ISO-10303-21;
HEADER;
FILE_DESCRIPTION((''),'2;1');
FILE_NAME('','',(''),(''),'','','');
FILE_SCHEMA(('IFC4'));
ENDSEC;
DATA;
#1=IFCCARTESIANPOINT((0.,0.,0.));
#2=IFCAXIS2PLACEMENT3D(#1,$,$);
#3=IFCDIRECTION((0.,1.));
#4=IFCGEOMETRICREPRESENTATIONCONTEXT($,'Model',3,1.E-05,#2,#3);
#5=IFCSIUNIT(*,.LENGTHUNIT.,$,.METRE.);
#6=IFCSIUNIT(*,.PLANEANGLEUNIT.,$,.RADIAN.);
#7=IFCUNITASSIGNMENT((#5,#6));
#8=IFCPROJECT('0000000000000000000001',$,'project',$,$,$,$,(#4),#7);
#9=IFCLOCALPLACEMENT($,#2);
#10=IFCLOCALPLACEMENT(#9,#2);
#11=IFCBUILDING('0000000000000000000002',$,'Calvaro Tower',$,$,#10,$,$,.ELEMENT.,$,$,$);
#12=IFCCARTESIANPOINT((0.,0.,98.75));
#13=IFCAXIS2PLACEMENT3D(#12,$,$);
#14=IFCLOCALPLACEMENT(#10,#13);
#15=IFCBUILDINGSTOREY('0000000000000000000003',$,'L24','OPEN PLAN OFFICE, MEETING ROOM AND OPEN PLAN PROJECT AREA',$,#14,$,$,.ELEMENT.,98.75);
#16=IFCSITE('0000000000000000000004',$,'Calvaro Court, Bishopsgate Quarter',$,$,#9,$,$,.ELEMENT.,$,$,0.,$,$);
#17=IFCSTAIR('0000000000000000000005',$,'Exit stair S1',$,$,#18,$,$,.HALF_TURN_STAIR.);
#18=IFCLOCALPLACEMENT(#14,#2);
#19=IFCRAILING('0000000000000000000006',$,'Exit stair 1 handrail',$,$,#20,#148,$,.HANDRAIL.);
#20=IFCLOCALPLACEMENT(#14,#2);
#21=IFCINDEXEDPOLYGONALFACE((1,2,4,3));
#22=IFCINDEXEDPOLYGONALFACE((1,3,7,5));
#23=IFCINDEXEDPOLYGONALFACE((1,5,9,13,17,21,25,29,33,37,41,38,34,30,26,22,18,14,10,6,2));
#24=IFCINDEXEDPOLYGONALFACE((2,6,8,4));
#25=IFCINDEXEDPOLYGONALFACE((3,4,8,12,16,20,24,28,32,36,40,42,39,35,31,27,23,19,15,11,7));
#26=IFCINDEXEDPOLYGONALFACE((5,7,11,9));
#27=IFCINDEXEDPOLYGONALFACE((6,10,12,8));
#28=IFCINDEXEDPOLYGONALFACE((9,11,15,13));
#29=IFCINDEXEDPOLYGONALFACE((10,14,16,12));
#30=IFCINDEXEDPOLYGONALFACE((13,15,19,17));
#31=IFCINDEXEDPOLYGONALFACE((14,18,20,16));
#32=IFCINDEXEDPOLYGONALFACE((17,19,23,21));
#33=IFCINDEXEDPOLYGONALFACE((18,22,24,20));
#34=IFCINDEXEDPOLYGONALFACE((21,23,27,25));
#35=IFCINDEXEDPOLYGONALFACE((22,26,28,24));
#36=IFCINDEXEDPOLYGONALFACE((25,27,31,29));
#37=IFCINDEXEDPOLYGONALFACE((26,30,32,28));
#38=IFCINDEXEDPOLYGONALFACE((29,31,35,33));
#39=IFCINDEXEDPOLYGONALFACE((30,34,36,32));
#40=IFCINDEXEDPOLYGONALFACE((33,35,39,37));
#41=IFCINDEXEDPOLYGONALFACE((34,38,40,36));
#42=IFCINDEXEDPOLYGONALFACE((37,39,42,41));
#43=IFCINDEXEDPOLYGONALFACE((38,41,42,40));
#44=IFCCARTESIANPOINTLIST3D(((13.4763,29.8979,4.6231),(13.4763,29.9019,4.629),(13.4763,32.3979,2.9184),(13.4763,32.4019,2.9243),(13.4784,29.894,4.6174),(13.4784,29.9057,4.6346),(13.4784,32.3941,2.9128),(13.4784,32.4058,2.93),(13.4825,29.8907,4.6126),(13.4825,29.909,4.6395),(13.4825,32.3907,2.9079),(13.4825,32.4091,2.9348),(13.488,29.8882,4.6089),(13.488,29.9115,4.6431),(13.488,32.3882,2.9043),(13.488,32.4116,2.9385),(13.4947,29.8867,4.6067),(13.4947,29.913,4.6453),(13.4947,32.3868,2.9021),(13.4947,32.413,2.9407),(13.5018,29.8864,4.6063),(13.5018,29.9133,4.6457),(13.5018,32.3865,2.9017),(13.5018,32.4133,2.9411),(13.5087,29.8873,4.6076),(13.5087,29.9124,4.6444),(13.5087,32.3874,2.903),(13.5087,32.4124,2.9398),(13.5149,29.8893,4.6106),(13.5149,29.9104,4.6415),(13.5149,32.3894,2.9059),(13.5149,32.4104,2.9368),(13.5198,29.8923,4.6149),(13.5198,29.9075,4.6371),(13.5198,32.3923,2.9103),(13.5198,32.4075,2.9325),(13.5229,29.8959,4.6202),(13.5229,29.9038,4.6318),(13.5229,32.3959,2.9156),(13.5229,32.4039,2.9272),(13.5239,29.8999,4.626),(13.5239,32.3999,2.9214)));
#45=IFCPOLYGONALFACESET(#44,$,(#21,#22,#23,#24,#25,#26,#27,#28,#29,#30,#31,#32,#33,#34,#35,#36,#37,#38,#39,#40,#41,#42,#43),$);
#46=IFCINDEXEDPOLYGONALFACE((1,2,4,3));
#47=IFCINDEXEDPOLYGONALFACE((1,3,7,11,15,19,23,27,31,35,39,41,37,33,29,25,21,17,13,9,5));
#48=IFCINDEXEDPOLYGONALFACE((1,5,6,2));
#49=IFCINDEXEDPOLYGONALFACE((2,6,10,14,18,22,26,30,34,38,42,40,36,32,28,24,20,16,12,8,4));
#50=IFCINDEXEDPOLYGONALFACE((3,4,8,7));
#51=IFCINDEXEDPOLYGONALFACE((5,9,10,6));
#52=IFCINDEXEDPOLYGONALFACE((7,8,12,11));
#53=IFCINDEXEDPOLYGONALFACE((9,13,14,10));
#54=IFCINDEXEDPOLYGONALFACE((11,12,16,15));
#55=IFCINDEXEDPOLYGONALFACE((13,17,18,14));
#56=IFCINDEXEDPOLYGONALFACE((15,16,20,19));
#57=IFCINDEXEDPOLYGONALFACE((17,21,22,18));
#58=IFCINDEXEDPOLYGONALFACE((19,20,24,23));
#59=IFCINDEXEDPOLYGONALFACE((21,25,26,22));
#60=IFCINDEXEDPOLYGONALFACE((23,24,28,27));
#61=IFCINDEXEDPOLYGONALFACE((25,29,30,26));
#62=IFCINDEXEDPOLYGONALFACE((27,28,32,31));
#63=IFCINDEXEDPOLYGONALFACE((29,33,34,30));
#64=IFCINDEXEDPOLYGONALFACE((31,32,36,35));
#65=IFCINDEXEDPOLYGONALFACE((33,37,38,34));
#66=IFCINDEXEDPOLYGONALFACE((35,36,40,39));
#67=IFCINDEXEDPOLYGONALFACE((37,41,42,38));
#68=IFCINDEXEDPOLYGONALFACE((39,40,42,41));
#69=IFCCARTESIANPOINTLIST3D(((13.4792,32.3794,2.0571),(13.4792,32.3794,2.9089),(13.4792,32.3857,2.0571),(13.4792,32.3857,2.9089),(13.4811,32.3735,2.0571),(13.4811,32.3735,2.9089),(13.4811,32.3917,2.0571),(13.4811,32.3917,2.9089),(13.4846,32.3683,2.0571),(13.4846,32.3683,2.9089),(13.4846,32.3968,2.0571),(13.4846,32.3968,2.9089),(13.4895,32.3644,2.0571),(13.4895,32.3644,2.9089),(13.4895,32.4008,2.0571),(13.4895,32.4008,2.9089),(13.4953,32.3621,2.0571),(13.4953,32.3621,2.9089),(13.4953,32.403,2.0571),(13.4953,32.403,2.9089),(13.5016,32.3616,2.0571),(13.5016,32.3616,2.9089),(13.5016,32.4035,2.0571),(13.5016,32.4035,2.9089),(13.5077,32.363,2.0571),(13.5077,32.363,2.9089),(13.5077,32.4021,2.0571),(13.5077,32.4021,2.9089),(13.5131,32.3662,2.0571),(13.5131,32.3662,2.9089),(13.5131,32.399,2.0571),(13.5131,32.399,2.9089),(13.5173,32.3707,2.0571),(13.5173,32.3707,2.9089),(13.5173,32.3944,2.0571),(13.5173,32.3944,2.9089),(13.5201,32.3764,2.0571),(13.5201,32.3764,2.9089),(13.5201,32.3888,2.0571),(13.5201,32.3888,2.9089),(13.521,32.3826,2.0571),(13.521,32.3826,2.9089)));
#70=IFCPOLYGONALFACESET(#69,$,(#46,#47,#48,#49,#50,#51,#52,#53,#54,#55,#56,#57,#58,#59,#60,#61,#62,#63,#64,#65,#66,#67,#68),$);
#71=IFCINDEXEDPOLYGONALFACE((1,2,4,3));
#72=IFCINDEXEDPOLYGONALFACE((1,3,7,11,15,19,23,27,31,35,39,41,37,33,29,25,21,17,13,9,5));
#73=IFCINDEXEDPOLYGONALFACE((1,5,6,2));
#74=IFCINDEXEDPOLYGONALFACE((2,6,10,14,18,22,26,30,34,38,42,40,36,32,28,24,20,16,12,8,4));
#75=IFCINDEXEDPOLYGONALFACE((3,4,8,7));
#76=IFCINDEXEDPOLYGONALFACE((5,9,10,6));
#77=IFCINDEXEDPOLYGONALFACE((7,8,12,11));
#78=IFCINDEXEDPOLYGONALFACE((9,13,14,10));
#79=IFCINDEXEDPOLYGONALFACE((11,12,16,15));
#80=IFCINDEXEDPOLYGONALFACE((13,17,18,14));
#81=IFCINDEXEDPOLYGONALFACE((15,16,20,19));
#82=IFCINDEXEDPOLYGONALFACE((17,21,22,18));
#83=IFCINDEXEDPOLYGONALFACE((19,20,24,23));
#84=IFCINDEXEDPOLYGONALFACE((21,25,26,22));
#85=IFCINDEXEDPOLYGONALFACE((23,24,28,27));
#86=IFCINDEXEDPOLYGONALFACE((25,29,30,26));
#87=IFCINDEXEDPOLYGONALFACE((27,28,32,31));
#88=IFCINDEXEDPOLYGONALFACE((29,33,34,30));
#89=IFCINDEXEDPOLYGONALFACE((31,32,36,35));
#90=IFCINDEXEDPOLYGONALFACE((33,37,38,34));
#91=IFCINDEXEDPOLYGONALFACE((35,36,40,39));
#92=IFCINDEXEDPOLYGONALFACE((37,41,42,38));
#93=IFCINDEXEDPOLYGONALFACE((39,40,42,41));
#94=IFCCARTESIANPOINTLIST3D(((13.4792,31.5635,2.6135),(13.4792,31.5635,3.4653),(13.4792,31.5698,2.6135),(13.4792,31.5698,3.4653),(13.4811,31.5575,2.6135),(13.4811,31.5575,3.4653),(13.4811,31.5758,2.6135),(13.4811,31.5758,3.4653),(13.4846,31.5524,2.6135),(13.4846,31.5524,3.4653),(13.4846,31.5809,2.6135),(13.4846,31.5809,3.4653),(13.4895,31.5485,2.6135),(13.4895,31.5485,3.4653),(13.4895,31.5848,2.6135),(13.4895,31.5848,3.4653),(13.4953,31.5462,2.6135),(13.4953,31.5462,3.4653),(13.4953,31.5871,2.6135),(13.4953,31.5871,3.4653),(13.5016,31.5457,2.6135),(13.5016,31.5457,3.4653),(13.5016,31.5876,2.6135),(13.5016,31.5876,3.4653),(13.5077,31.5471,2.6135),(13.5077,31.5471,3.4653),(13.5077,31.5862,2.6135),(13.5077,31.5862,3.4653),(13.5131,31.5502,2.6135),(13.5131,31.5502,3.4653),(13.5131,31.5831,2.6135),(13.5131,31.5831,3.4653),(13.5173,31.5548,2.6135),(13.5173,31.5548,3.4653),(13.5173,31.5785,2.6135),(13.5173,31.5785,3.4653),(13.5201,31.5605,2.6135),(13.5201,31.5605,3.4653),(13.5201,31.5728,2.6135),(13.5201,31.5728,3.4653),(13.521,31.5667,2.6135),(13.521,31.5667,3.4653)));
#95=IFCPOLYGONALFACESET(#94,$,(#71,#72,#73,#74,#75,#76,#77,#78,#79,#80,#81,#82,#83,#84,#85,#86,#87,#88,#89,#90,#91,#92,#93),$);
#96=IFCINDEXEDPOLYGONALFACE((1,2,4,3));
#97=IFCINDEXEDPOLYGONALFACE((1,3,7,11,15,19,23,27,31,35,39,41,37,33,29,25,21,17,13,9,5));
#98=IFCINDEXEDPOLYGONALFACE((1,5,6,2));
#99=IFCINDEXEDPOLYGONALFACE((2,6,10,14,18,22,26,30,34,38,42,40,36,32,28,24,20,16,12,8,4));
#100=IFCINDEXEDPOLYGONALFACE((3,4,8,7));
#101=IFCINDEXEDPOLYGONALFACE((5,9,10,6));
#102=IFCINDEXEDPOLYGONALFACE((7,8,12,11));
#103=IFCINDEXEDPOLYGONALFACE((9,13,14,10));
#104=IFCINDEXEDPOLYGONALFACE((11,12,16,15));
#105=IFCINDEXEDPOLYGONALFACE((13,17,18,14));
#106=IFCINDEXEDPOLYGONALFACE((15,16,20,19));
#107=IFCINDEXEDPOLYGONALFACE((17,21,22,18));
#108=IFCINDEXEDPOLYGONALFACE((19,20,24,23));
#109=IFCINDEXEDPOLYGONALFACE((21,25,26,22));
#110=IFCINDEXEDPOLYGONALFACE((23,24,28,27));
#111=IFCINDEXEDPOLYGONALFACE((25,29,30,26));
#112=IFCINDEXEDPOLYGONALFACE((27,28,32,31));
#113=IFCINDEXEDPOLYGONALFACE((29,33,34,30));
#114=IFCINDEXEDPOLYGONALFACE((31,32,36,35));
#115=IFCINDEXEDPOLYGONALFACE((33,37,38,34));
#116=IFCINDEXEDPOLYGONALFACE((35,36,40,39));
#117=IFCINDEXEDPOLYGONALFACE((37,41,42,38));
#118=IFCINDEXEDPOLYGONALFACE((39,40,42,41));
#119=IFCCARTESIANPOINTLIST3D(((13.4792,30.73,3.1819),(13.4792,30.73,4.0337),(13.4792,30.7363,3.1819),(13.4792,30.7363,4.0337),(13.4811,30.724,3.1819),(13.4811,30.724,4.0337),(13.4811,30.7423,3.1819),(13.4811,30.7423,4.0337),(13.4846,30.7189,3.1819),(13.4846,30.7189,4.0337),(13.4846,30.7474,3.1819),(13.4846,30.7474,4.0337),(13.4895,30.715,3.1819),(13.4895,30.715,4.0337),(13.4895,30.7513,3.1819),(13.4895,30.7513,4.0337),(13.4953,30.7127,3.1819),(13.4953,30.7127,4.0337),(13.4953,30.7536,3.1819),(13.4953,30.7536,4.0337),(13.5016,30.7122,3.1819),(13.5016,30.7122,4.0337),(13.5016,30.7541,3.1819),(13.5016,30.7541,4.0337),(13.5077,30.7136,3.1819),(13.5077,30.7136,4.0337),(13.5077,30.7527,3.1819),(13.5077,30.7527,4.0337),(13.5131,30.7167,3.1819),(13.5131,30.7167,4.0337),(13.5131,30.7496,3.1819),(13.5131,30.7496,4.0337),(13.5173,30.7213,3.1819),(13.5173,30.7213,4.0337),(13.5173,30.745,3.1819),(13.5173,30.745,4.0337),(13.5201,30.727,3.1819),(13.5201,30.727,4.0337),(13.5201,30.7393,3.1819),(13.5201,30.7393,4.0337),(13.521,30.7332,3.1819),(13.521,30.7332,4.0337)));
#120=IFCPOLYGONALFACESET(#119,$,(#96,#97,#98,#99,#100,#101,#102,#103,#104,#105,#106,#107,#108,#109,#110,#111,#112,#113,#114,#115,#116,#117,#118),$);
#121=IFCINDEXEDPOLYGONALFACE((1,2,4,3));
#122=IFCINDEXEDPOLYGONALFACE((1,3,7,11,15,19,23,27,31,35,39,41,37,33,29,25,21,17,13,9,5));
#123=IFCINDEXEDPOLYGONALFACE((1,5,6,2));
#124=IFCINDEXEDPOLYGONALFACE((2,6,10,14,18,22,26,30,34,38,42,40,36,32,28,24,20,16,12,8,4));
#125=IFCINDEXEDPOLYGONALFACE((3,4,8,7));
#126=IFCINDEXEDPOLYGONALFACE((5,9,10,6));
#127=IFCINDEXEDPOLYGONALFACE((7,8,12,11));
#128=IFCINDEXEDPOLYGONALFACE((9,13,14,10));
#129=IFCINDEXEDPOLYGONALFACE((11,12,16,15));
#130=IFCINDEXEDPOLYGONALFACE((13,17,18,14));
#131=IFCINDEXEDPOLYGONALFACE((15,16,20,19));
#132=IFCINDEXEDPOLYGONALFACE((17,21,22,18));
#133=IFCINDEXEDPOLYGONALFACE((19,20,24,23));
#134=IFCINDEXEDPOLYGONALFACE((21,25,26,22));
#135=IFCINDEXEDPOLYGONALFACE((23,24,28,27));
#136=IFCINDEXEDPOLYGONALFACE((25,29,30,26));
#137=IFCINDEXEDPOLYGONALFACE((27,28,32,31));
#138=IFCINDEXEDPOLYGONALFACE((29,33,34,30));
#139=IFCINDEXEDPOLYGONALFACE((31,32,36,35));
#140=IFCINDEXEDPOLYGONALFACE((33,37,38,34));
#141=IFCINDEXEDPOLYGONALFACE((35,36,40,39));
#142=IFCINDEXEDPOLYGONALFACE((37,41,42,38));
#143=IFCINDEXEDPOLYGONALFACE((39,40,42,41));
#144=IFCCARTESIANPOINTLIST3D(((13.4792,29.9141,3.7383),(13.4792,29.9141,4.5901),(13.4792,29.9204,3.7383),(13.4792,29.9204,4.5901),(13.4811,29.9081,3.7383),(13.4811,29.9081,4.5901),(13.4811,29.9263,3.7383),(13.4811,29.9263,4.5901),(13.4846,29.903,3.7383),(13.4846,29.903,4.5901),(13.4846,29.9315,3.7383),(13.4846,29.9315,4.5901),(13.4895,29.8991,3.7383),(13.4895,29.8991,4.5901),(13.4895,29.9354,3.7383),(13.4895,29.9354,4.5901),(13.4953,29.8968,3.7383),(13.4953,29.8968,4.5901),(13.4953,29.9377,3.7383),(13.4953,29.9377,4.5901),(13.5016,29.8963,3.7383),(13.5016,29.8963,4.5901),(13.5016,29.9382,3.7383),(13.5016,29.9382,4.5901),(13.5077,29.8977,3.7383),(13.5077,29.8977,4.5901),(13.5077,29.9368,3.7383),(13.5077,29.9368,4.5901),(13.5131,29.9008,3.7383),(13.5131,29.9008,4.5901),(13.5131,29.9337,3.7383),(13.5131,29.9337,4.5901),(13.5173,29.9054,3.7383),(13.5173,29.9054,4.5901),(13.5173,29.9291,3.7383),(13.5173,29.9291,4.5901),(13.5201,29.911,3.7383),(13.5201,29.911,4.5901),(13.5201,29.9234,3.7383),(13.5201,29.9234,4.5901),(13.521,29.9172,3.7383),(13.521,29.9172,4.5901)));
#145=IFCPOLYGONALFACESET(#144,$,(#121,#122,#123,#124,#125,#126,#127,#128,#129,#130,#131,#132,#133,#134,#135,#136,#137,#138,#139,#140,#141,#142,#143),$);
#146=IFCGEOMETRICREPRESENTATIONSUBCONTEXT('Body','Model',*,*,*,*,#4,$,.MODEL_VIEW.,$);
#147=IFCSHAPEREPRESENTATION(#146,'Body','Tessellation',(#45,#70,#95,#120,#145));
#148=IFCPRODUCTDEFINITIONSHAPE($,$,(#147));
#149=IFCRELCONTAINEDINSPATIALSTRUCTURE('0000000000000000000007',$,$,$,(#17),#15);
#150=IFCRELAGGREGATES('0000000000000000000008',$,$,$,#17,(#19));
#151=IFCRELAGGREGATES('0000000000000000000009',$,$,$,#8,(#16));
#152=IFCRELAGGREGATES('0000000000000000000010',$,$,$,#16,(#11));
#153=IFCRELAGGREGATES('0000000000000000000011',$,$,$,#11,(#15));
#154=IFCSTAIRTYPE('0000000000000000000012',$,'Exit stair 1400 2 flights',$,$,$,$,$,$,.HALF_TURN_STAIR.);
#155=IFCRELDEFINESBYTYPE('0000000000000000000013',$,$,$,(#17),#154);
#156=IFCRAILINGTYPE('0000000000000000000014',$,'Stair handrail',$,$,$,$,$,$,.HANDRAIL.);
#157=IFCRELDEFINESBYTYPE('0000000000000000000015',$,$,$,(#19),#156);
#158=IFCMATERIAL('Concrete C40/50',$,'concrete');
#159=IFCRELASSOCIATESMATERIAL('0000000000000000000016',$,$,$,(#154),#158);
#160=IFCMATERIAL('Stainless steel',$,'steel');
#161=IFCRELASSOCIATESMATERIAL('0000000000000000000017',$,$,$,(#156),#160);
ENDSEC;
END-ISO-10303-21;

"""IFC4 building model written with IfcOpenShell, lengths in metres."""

from ifc_helpers import new_model, si_unit, direction, frame, origin, origin_2d, place, context, subcontext, project, spatial, circle, extrude, material, type_object, element, aggregate, save


model = new_model("IFC4")

# Units and contexts
model_context = context("Model", 3, precision=1e-05, world=origin(), true_north=direction((0.0, 1.0)))
body_context = subcontext(model_context, "Body", "Model", "MODEL_VIEW")
ifc_project = project(units=[si_unit("LENGTHUNIT", "METRE"), si_unit("PLANEANGLEUNIT", "RADIAN")], contexts=[model_context])

# Site, building, storey
site_placement = place(None, origin())
site = spatial("IfcSite", under=ifc_project, at=site_placement, Name="Calvaro Court, Bishopsgate Quarter", CompositionType="ELEMENT", RefElevation=0.0)
building_placement = place(site_placement, origin())
building = spatial("IfcBuilding", under=site, at=building_placement, Name="Calvaro Tower", CompositionType="ELEMENT")
storey_placement = place(building_placement, frame((0.0, 0.0, 98.75)))
storey = spatial("IfcBuildingStorey", under=building, at=storey_placement, Name="L24", Description="OPEN PLAN OFFICE, MEETING ROOM AND OPEN PLAN PROJECT AREA", CompositionType="ELEMENT", Elevation=98.75)

# Stair, railing
ifc_material_1 = material(Name="Concrete C40/50", Category="concrete")
stair_type = type_object("IfcStairType", Name="Exit stair 1400 2 flights", PredefinedType="HALF_TURN_STAIR", material=ifc_material_1)
stair_placement = place(storey_placement, origin())
stair = element("IfcStair", 1, at=stair_placement, inside=storey, type_object=stair_type, Name="Exit stair S1", PredefinedType="HALF_TURN_STAIR")
ifc_material_2 = material(Name="Stainless steel", Category="steel")
railing_type = type_object("IfcRailingType", Name="Stair handrail", PredefinedType="HANDRAIL", material=ifc_material_2)
railing_1_placement = place(storey_placement, frame((13.5, 32.3999, 2.0454)))
railing_1 = element("IfcRailing", 2, at=railing_1_placement, type_object=railing_type, Name="Exit stair 1 handrail", PredefinedType="HANDRAIL", context=body_context, shape_type="SweptSolid", body=[
    extrude(circle(Radius=0.0239, at=origin_2d()), frame((0.0, 0.0, 0.876), z_axis=(0.0, -0.826221, 0.563347), x_axis=(1.0, 0.0, 0.0)), (0.0, 0.0, 1.0), 3.0259),
    extrude(circle(Radius=0.021, at=origin_2d()), frame((0.0, -0.0173, 0.0117)), (0.0, 0.0, 1.0), 0.8518),
    extrude(circle(Radius=0.021, at=origin_2d()), frame((0.0, -0.8333, 0.5681)), (0.0, 0.0, 1.0), 0.8518),
    extrude(circle(Radius=0.021, at=origin_2d()), frame((0.0, -1.6667, 1.1365)), (0.0, 0.0, 1.0), 0.8518),
    extrude(circle(Radius=0.021, at=origin_2d()), frame((0.0, -2.4827, 1.6929)), (0.0, 0.0, 1.0), 0.8518),
])
aggregate(stair, [railing_1])

save(model, "model.ifc")
